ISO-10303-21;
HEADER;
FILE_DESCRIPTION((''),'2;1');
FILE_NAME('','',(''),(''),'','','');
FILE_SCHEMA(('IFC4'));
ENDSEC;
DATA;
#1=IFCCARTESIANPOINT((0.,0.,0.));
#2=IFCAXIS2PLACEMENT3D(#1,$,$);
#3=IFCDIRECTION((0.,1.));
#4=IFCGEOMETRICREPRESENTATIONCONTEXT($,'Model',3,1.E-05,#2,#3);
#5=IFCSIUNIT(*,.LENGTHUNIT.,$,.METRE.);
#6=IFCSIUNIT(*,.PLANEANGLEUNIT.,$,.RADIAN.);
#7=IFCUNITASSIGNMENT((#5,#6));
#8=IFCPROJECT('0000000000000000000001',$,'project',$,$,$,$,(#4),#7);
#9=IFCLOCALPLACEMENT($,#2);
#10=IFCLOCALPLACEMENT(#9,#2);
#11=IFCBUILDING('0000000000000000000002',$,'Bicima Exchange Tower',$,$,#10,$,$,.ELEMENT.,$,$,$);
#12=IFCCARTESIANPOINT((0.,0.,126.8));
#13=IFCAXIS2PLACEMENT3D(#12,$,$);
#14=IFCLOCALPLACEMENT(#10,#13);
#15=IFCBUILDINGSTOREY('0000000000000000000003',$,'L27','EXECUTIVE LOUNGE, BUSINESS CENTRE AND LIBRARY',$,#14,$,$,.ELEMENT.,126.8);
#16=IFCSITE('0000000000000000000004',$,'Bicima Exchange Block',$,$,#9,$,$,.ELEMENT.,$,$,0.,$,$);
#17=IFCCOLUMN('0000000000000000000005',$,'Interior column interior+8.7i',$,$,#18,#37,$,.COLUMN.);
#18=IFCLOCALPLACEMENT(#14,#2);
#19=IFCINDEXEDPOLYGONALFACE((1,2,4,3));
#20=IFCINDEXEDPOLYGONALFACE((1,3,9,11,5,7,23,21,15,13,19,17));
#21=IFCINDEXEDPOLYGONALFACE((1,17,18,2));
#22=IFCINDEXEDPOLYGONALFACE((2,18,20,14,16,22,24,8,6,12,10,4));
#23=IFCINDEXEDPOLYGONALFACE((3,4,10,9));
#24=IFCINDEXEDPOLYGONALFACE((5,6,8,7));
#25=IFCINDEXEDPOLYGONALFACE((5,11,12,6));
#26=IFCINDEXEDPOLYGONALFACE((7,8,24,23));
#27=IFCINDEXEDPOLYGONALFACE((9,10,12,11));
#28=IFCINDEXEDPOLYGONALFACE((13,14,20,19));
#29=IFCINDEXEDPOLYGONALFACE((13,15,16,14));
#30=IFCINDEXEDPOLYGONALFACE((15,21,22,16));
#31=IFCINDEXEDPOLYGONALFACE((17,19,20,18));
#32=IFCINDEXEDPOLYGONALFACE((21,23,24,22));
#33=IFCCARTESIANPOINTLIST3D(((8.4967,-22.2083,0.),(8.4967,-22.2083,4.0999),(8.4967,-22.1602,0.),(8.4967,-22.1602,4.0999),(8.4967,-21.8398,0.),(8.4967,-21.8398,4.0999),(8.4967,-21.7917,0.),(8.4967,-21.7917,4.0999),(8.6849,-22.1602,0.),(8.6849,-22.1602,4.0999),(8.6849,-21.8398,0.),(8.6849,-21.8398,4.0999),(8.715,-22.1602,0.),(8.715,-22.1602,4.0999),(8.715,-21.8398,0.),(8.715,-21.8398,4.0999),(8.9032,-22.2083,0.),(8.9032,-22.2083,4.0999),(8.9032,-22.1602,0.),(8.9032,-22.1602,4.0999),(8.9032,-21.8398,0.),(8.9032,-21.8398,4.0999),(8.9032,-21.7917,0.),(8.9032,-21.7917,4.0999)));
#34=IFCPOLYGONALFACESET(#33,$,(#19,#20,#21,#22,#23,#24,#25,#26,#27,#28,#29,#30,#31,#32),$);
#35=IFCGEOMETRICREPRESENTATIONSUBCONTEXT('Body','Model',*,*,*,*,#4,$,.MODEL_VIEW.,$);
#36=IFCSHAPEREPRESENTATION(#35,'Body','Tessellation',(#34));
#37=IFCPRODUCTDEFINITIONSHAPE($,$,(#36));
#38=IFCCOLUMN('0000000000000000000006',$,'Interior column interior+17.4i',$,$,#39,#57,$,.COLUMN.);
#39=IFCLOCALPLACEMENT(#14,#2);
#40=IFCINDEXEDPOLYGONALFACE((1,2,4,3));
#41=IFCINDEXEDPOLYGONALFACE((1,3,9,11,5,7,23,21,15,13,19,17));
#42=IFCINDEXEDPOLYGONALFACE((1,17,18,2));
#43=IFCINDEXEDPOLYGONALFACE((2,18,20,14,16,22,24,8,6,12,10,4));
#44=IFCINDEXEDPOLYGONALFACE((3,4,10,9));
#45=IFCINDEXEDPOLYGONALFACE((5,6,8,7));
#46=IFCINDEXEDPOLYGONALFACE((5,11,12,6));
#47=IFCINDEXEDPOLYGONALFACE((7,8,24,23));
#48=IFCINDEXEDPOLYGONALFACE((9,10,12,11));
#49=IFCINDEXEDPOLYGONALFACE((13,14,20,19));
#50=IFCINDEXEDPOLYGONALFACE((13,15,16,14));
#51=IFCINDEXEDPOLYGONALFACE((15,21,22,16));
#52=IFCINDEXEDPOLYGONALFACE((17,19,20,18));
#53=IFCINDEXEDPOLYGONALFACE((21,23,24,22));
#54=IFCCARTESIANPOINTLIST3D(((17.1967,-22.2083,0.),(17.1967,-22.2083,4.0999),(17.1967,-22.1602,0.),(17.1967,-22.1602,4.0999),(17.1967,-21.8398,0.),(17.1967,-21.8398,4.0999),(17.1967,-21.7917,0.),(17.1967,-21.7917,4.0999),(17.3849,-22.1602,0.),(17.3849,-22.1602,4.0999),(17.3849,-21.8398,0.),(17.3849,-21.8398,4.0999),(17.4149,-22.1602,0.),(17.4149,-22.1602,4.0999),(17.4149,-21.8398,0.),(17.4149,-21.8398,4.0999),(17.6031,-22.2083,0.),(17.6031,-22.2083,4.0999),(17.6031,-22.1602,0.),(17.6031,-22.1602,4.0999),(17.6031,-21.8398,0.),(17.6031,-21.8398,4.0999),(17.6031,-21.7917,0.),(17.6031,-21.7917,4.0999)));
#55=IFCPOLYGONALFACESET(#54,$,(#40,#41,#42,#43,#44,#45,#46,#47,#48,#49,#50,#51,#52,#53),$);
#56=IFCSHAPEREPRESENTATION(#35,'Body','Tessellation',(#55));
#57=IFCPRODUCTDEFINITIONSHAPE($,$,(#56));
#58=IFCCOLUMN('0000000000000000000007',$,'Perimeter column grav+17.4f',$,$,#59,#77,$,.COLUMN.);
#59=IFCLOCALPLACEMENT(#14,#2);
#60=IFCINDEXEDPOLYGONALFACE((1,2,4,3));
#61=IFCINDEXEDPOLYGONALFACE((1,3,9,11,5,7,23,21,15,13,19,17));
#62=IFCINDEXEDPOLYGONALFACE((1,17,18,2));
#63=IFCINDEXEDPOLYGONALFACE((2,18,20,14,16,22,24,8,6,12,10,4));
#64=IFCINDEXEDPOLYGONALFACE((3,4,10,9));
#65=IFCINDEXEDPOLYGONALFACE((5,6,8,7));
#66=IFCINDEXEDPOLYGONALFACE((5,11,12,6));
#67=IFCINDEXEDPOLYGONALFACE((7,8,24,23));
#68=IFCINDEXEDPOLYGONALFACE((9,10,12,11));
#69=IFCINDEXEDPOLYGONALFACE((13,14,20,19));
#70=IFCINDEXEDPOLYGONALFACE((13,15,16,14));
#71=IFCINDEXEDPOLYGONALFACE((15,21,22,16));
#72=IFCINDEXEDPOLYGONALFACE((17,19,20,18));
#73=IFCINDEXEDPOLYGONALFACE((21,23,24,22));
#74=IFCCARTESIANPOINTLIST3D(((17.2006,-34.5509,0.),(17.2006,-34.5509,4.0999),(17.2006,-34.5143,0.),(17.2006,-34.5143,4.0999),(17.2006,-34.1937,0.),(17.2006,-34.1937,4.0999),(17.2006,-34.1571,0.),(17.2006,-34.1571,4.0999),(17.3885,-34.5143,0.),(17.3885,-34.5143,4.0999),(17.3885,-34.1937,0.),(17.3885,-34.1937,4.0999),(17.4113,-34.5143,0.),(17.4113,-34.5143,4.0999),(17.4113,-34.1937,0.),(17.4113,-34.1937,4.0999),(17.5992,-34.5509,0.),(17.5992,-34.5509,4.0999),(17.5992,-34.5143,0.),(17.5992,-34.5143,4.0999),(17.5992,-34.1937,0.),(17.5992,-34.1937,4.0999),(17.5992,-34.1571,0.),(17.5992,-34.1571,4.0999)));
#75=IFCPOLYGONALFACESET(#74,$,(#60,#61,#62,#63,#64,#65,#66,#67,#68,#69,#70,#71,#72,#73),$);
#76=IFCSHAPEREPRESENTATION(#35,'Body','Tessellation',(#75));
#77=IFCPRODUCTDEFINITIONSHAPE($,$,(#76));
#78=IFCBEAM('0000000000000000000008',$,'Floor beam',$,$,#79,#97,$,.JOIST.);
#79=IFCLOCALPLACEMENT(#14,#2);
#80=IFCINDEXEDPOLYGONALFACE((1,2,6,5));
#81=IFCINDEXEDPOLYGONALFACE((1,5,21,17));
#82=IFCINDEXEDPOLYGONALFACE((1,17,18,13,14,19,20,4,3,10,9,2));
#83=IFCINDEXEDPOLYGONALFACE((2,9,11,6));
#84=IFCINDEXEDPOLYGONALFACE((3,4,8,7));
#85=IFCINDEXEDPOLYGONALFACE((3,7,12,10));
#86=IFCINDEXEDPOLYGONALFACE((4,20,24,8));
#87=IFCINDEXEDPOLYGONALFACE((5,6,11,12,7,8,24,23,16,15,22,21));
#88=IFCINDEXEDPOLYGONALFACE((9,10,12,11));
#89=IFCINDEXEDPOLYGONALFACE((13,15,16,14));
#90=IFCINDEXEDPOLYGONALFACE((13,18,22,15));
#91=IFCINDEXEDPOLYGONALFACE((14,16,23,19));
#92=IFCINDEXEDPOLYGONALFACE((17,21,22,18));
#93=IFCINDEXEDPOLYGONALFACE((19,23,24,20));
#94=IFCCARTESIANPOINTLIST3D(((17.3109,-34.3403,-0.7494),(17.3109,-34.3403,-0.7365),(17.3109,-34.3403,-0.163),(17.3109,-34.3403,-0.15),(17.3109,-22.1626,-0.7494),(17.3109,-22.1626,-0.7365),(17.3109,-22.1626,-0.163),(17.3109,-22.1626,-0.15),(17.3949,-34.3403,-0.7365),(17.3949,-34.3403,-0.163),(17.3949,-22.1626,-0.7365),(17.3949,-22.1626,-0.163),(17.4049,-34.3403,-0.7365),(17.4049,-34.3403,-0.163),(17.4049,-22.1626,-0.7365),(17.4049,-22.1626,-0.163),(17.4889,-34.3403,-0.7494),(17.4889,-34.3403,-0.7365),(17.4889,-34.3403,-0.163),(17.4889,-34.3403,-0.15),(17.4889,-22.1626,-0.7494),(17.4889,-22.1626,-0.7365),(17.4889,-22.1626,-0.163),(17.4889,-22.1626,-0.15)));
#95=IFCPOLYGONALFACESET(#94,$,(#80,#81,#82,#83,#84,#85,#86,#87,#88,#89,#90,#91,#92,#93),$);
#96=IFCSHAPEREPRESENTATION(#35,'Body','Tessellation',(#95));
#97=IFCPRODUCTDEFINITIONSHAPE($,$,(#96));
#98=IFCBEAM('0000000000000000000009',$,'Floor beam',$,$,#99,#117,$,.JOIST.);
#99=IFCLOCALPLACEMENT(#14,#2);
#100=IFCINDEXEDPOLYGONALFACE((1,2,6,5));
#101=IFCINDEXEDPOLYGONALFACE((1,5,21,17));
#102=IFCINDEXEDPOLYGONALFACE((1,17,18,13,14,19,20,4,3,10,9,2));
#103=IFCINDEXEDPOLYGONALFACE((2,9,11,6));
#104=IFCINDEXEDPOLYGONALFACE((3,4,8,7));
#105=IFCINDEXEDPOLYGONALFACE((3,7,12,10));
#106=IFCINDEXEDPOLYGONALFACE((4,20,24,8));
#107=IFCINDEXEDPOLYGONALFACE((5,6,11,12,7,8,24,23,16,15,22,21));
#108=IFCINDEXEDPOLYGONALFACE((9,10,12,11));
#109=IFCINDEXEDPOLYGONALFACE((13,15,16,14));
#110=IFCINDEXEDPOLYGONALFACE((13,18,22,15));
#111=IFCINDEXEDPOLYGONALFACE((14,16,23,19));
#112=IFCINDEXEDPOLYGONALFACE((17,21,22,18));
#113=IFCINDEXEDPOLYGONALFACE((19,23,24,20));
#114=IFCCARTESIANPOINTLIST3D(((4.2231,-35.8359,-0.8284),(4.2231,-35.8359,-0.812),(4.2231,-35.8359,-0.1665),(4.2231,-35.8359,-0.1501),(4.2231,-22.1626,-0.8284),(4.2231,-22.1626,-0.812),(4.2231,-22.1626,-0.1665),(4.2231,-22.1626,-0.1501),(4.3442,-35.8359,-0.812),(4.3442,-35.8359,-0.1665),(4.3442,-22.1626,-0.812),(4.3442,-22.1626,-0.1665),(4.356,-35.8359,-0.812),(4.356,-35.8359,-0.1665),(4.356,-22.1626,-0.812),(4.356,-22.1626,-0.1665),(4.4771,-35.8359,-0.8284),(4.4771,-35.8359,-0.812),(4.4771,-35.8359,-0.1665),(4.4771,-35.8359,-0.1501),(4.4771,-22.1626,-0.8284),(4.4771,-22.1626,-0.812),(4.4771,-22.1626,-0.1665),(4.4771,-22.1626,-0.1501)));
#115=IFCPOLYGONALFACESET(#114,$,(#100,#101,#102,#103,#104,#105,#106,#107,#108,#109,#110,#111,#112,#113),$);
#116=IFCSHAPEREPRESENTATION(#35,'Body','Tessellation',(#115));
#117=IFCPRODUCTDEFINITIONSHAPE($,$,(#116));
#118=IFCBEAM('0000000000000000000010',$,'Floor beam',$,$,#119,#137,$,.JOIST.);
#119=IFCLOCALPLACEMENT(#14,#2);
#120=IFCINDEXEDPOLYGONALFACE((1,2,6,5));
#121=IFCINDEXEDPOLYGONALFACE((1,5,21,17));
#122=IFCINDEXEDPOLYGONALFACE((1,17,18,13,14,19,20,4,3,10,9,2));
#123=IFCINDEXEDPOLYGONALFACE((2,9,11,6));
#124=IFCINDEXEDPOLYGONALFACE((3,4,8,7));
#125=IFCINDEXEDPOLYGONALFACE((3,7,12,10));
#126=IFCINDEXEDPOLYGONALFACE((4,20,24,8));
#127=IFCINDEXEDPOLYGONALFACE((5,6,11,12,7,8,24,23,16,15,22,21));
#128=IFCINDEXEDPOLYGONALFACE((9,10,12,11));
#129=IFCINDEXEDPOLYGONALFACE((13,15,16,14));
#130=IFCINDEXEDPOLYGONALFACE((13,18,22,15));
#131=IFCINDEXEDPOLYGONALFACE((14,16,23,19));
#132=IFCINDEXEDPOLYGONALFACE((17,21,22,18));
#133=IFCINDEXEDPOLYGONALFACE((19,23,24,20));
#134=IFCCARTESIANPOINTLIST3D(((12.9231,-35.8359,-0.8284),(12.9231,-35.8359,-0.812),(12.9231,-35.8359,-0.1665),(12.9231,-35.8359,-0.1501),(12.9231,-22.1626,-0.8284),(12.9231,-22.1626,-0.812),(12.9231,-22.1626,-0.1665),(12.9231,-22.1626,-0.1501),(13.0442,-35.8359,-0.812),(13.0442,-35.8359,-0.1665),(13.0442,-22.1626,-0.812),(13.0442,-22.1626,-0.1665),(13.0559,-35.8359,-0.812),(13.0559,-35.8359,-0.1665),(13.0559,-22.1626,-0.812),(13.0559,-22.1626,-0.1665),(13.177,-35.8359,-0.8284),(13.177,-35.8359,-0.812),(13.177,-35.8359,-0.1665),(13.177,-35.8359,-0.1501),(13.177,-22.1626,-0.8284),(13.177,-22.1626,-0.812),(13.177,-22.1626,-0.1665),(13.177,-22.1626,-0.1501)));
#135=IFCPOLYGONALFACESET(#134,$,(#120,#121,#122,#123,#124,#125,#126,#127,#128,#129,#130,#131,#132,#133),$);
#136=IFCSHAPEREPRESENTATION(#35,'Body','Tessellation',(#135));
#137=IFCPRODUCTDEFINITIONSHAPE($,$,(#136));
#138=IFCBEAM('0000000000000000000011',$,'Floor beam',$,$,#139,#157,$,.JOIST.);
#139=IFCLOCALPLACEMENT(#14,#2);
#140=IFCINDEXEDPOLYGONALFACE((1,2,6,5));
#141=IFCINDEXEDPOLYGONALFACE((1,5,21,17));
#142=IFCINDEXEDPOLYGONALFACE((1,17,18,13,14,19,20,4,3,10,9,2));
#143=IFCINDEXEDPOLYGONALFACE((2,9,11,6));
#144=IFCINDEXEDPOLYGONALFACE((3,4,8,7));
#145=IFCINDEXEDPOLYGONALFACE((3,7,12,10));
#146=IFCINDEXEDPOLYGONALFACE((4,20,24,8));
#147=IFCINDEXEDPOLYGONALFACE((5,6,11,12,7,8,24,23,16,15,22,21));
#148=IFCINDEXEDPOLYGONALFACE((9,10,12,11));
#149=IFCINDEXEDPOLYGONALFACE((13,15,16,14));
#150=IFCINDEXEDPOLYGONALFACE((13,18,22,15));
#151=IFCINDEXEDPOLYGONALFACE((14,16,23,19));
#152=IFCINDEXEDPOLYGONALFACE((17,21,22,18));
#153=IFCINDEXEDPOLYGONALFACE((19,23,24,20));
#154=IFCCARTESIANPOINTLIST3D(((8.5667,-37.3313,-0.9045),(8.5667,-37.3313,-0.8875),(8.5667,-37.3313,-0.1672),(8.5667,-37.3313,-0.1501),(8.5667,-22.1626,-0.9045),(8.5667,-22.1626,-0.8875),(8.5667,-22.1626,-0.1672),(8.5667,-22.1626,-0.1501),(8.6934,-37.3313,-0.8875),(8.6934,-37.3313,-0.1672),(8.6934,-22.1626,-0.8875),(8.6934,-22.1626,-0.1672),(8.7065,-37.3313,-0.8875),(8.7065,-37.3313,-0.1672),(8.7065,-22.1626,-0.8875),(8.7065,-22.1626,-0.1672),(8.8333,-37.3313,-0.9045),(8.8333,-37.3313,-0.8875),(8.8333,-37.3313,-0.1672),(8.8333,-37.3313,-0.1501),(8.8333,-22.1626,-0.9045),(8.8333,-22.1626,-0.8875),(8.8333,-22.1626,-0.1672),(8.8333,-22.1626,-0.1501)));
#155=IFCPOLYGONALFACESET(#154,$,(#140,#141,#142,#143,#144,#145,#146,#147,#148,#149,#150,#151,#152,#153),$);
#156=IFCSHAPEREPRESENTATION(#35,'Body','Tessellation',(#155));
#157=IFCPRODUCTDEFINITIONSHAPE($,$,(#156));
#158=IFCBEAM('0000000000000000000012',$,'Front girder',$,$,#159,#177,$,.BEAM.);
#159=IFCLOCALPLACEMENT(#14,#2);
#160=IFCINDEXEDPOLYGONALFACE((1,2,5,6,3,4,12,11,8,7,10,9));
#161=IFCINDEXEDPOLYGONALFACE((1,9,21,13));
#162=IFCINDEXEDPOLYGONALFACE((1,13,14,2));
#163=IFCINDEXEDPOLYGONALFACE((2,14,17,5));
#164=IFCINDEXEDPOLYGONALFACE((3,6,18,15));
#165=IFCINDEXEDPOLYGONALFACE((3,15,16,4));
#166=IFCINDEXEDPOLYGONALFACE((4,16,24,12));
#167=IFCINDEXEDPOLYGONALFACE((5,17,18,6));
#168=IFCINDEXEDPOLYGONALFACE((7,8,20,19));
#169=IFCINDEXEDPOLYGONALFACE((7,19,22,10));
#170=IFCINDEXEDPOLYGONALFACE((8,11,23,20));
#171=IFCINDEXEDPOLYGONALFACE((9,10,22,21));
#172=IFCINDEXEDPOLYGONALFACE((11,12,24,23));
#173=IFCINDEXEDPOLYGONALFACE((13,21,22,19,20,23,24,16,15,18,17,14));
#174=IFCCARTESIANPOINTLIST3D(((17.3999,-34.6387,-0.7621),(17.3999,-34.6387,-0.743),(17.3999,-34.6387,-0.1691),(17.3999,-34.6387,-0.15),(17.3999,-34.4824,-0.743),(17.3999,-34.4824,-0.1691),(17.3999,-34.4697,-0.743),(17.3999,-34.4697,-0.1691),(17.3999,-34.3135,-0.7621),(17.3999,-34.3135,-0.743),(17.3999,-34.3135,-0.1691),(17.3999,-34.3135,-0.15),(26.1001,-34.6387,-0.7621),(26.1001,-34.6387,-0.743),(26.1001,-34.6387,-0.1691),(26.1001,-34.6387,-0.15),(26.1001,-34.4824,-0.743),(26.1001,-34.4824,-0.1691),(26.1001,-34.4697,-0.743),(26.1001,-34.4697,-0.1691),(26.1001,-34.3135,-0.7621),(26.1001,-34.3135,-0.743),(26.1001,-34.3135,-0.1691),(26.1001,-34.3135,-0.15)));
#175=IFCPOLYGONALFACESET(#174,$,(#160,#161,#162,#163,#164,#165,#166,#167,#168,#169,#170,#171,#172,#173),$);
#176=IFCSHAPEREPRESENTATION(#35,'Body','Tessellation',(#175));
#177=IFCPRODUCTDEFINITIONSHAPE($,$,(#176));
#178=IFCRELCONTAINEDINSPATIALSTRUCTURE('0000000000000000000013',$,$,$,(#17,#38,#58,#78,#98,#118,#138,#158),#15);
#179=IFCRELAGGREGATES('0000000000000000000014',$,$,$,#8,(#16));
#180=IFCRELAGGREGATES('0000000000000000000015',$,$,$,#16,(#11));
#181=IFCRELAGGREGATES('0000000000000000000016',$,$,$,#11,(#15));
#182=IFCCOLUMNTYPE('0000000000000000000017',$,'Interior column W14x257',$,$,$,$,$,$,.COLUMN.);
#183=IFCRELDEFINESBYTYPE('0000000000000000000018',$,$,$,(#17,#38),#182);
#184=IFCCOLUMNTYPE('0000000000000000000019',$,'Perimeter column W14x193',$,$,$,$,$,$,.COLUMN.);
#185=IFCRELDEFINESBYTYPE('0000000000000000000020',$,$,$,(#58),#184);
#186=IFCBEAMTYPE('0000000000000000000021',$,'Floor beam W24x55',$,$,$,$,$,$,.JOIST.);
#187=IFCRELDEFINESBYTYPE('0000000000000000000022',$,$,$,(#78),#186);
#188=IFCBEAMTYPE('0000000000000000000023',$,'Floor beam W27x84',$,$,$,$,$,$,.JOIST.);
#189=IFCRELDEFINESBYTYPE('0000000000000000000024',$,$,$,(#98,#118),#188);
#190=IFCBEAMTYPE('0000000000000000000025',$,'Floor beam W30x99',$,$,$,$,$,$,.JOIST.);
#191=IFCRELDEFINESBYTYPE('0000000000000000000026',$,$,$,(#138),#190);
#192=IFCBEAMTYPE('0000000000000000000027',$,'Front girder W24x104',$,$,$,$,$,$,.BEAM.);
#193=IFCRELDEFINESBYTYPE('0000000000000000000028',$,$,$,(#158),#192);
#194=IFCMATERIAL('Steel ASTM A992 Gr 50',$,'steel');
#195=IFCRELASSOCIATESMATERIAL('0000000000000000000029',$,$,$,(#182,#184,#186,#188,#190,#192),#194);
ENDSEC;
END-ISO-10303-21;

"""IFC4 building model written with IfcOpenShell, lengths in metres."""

from ifc_helpers import new_model, si_unit, direction, frame, origin, origin_2d, place, context, subcontext, project, spatial, i_section, extrude, material, material_profile, profile_set, type_object, element, save


model = new_model("IFC4")

# Units and contexts
model_context = context("Model", 3, precision=1e-05, world=origin(), true_north=direction((0.0, 1.0)))
body_context = subcontext(model_context, "Body", "Model", "MODEL_VIEW")
ifc_project = project(units=[si_unit("LENGTHUNIT", "METRE"), si_unit("PLANEANGLEUNIT", "RADIAN")], contexts=[model_context])

# Site, building, storey
site_placement = place(None, origin())
site = spatial("IfcSite", under=ifc_project, at=site_placement, Name="Bicima Exchange Block", CompositionType="ELEMENT", RefElevation=0.0)
building_placement = place(site_placement, origin())
building = spatial("IfcBuilding", under=site, at=building_placement, Name="Bicima Exchange Tower", CompositionType="ELEMENT")
storey_placement = place(building_placement, frame((0.0, 0.0, 126.8)))
storey = spatial("IfcBuildingStorey", under=building, at=storey_placement, Name="L27", Description="EXECUTIVE LOUNGE, BUSINESS CENTRE AND LIBRARY", CompositionType="ELEMENT", Elevation=126.8)

# Columns
ifc_material_1 = material(Name="Steel ASTM A992 Gr 50", Category="steel")
ifc_material_profile_1 = material_profile(ifc_material_1, i_section(OverallWidth=0.4065, OverallDepth=0.4165, WebThickness=0.03, FlangeThickness=0.0481, at=origin_2d()))
ifc_profile_set_1 = profile_set([ifc_material_profile_1], Name="Steel ASTM A992 Gr 50")
column_type_1 = type_object("IfcColumnType", Name="Interior column W14x257", PredefinedType="COLUMN", material=ifc_profile_set_1)
for number, where, z_axis, x_axis, name in (
    (1, (8.7, -22.0, 0.0), (0.0, 0.0, 1.0), (1.0, 0.0, 0.0), "Interior column interior+8.7i"),
    (2, (17.3999, -22.0, 0.0), (0.0, 0.0, 1.0), (1.0, 0.0, 0.0), "Interior column interior+17.4i"),
):
    element("IfcColumn", number, at=place(storey_placement, frame(where, z_axis=z_axis, x_axis=x_axis)), inside=storey, type_object=column_type_1, Name=name, PredefinedType="COLUMN", context=body_context, shape_type="SweptSolid", body=[
        extrude(i_section(OverallWidth=0.4065, OverallDepth=0.4165, WebThickness=0.03, FlangeThickness=0.0481, at=origin_2d()), origin(), (0.0, 0.0, 1.0), 4.0999),
    ])
ifc_material_profile_2 = material_profile(ifc_material_1, i_section(OverallWidth=0.3987, OverallDepth=0.3938, WebThickness=0.0227, FlangeThickness=0.0366, at=origin_2d()))
ifc_profile_set_2 = profile_set([ifc_material_profile_2], Name="Steel ASTM A992 Gr 50")
column_type_2 = type_object("IfcColumnType", Name="Perimeter column W14x193", PredefinedType="COLUMN", material=ifc_profile_set_2)
column_placement = place(storey_placement, frame((17.3999, -34.354, 0.0), z_axis=(0.0, 0.0, 1.0), x_axis=(1.0, 0.0, 0.0)))
element("IfcColumn", 3, at=column_placement, inside=storey, type_object=column_type_2, Name="Perimeter column grav+17.4f", PredefinedType="COLUMN", context=body_context, shape_type="SweptSolid", body=[
    extrude(i_section(OverallWidth=0.3987, OverallDepth=0.3938, WebThickness=0.0227, FlangeThickness=0.0366, at=origin_2d()), origin(), (0.0, 0.0, 1.0), 4.0999),
])

# Beams
ifc_material_profile_3 = material_profile(ifc_material_1, i_section(OverallWidth=0.178, OverallDepth=0.5994, WebThickness=0.01, FlangeThickness=0.0129, at=origin_2d()))
ifc_profile_set_3 = profile_set([ifc_material_profile_3], Name="Steel ASTM A992 Gr 50")
beam_type_1 = type_object("IfcBeamType", Name="Floor beam W24x55", PredefinedType="JOIST", material=ifc_profile_set_3)
beam_1_placement = place(storey_placement, frame((17.3999, -22.1626, -0.4497), z_axis=(0.0, -1.0, 0.0), x_axis=(1.0, 0.0, 0.0)))
element("IfcBeam", 4, at=beam_1_placement, inside=storey, type_object=beam_type_1, Name="Floor beam", PredefinedType="JOIST", context=body_context, shape_type="SweptSolid", body=[
    extrude(i_section(OverallWidth=0.178, OverallDepth=0.5994, WebThickness=0.01, FlangeThickness=0.0129, at=origin_2d()), origin(), (0.0, 0.0, 1.0), 12.1777),
])
ifc_material_profile_4 = material_profile(ifc_material_1, i_section(OverallWidth=0.2539, OverallDepth=0.6782, WebThickness=0.0117, FlangeThickness=0.0164, at=origin_2d()))
ifc_profile_set_4 = profile_set([ifc_material_profile_4], Name="Steel ASTM A992 Gr 50")
beam_type_2 = type_object("IfcBeamType", Name="Floor beam W27x84", PredefinedType="JOIST", material=ifc_profile_set_4)
for number, where, z_axis, x_axis, name in (
    (5, (4.3501, -22.1626, -0.4893), (0.0, -1.0, 0.0), (1.0, 0.0, 0.0), "Floor beam"),
    (6, (13.05, -22.1626, -0.4893), (0.0, -1.0, 0.0), (1.0, 0.0, 0.0), "Floor beam"),
):
    element("IfcBeam", number, at=place(storey_placement, frame(where, z_axis=z_axis, x_axis=x_axis)), inside=storey, type_object=beam_type_2, Name=name, PredefinedType="JOIST", context=body_context, shape_type="SweptSolid", body=[
        extrude(i_section(OverallWidth=0.2539, OverallDepth=0.6782, WebThickness=0.0117, FlangeThickness=0.0164, at=origin_2d()), origin(), (0.0, 0.0, 1.0), 13.6733),
    ])
ifc_material_profile_5 = material_profile(ifc_material_1, i_section(OverallWidth=0.2666, OverallDepth=0.7544, WebThickness=0.0132, FlangeThickness=0.0171, at=origin_2d()))
ifc_profile_set_5 = profile_set([ifc_material_profile_5], Name="Steel ASTM A992 Gr 50")
beam_type_3 = type_object("IfcBeamType", Name="Floor beam W30x99", PredefinedType="JOIST", material=ifc_profile_set_5)
beam_2_placement = place(storey_placement, frame((8.7, -22.1626, -0.5273), z_axis=(0.0, -1.0, 0.0), x_axis=(1.0, 0.0, 0.0)))
element("IfcBeam", 7, at=beam_2_placement, inside=storey, type_object=beam_type_3, Name="Floor beam", PredefinedType="JOIST", context=body_context, shape_type="SweptSolid", body=[
    extrude(i_section(OverallWidth=0.2666, OverallDepth=0.7544, WebThickness=0.0132, FlangeThickness=0.0171, at=origin_2d()), origin(), (0.0, 0.0, 1.0), 15.1687),
])
ifc_material_profile_6 = material_profile(ifc_material_1, i_section(OverallWidth=0.3252, OverallDepth=0.6121, WebThickness=0.0127, FlangeThickness=0.019, at=origin_2d()))
ifc_profile_set_6 = profile_set([ifc_material_profile_6], Name="Steel ASTM A992 Gr 50")
beam_type_4 = type_object("IfcBeamType", Name="Front girder W24x104", PredefinedType="BEAM", material=ifc_profile_set_6)
beam_3_placement = place(storey_placement, frame((17.3999, -34.4761, -0.4561), z_axis=(1.0, 0.0, 0.0), x_axis=(0.0, 1.0, 0.0)))
element("IfcBeam", 8, at=beam_3_placement, inside=storey, type_object=beam_type_4, Name="Front girder", PredefinedType="BEAM", context=body_context, shape_type="SweptSolid", body=[
    extrude(i_section(OverallWidth=0.3252, OverallDepth=0.6121, WebThickness=0.0127, FlangeThickness=0.019, at=origin_2d()), origin(), (0.0, 0.0, 1.0), 8.7002),
])

save(model, "model.ifc")
